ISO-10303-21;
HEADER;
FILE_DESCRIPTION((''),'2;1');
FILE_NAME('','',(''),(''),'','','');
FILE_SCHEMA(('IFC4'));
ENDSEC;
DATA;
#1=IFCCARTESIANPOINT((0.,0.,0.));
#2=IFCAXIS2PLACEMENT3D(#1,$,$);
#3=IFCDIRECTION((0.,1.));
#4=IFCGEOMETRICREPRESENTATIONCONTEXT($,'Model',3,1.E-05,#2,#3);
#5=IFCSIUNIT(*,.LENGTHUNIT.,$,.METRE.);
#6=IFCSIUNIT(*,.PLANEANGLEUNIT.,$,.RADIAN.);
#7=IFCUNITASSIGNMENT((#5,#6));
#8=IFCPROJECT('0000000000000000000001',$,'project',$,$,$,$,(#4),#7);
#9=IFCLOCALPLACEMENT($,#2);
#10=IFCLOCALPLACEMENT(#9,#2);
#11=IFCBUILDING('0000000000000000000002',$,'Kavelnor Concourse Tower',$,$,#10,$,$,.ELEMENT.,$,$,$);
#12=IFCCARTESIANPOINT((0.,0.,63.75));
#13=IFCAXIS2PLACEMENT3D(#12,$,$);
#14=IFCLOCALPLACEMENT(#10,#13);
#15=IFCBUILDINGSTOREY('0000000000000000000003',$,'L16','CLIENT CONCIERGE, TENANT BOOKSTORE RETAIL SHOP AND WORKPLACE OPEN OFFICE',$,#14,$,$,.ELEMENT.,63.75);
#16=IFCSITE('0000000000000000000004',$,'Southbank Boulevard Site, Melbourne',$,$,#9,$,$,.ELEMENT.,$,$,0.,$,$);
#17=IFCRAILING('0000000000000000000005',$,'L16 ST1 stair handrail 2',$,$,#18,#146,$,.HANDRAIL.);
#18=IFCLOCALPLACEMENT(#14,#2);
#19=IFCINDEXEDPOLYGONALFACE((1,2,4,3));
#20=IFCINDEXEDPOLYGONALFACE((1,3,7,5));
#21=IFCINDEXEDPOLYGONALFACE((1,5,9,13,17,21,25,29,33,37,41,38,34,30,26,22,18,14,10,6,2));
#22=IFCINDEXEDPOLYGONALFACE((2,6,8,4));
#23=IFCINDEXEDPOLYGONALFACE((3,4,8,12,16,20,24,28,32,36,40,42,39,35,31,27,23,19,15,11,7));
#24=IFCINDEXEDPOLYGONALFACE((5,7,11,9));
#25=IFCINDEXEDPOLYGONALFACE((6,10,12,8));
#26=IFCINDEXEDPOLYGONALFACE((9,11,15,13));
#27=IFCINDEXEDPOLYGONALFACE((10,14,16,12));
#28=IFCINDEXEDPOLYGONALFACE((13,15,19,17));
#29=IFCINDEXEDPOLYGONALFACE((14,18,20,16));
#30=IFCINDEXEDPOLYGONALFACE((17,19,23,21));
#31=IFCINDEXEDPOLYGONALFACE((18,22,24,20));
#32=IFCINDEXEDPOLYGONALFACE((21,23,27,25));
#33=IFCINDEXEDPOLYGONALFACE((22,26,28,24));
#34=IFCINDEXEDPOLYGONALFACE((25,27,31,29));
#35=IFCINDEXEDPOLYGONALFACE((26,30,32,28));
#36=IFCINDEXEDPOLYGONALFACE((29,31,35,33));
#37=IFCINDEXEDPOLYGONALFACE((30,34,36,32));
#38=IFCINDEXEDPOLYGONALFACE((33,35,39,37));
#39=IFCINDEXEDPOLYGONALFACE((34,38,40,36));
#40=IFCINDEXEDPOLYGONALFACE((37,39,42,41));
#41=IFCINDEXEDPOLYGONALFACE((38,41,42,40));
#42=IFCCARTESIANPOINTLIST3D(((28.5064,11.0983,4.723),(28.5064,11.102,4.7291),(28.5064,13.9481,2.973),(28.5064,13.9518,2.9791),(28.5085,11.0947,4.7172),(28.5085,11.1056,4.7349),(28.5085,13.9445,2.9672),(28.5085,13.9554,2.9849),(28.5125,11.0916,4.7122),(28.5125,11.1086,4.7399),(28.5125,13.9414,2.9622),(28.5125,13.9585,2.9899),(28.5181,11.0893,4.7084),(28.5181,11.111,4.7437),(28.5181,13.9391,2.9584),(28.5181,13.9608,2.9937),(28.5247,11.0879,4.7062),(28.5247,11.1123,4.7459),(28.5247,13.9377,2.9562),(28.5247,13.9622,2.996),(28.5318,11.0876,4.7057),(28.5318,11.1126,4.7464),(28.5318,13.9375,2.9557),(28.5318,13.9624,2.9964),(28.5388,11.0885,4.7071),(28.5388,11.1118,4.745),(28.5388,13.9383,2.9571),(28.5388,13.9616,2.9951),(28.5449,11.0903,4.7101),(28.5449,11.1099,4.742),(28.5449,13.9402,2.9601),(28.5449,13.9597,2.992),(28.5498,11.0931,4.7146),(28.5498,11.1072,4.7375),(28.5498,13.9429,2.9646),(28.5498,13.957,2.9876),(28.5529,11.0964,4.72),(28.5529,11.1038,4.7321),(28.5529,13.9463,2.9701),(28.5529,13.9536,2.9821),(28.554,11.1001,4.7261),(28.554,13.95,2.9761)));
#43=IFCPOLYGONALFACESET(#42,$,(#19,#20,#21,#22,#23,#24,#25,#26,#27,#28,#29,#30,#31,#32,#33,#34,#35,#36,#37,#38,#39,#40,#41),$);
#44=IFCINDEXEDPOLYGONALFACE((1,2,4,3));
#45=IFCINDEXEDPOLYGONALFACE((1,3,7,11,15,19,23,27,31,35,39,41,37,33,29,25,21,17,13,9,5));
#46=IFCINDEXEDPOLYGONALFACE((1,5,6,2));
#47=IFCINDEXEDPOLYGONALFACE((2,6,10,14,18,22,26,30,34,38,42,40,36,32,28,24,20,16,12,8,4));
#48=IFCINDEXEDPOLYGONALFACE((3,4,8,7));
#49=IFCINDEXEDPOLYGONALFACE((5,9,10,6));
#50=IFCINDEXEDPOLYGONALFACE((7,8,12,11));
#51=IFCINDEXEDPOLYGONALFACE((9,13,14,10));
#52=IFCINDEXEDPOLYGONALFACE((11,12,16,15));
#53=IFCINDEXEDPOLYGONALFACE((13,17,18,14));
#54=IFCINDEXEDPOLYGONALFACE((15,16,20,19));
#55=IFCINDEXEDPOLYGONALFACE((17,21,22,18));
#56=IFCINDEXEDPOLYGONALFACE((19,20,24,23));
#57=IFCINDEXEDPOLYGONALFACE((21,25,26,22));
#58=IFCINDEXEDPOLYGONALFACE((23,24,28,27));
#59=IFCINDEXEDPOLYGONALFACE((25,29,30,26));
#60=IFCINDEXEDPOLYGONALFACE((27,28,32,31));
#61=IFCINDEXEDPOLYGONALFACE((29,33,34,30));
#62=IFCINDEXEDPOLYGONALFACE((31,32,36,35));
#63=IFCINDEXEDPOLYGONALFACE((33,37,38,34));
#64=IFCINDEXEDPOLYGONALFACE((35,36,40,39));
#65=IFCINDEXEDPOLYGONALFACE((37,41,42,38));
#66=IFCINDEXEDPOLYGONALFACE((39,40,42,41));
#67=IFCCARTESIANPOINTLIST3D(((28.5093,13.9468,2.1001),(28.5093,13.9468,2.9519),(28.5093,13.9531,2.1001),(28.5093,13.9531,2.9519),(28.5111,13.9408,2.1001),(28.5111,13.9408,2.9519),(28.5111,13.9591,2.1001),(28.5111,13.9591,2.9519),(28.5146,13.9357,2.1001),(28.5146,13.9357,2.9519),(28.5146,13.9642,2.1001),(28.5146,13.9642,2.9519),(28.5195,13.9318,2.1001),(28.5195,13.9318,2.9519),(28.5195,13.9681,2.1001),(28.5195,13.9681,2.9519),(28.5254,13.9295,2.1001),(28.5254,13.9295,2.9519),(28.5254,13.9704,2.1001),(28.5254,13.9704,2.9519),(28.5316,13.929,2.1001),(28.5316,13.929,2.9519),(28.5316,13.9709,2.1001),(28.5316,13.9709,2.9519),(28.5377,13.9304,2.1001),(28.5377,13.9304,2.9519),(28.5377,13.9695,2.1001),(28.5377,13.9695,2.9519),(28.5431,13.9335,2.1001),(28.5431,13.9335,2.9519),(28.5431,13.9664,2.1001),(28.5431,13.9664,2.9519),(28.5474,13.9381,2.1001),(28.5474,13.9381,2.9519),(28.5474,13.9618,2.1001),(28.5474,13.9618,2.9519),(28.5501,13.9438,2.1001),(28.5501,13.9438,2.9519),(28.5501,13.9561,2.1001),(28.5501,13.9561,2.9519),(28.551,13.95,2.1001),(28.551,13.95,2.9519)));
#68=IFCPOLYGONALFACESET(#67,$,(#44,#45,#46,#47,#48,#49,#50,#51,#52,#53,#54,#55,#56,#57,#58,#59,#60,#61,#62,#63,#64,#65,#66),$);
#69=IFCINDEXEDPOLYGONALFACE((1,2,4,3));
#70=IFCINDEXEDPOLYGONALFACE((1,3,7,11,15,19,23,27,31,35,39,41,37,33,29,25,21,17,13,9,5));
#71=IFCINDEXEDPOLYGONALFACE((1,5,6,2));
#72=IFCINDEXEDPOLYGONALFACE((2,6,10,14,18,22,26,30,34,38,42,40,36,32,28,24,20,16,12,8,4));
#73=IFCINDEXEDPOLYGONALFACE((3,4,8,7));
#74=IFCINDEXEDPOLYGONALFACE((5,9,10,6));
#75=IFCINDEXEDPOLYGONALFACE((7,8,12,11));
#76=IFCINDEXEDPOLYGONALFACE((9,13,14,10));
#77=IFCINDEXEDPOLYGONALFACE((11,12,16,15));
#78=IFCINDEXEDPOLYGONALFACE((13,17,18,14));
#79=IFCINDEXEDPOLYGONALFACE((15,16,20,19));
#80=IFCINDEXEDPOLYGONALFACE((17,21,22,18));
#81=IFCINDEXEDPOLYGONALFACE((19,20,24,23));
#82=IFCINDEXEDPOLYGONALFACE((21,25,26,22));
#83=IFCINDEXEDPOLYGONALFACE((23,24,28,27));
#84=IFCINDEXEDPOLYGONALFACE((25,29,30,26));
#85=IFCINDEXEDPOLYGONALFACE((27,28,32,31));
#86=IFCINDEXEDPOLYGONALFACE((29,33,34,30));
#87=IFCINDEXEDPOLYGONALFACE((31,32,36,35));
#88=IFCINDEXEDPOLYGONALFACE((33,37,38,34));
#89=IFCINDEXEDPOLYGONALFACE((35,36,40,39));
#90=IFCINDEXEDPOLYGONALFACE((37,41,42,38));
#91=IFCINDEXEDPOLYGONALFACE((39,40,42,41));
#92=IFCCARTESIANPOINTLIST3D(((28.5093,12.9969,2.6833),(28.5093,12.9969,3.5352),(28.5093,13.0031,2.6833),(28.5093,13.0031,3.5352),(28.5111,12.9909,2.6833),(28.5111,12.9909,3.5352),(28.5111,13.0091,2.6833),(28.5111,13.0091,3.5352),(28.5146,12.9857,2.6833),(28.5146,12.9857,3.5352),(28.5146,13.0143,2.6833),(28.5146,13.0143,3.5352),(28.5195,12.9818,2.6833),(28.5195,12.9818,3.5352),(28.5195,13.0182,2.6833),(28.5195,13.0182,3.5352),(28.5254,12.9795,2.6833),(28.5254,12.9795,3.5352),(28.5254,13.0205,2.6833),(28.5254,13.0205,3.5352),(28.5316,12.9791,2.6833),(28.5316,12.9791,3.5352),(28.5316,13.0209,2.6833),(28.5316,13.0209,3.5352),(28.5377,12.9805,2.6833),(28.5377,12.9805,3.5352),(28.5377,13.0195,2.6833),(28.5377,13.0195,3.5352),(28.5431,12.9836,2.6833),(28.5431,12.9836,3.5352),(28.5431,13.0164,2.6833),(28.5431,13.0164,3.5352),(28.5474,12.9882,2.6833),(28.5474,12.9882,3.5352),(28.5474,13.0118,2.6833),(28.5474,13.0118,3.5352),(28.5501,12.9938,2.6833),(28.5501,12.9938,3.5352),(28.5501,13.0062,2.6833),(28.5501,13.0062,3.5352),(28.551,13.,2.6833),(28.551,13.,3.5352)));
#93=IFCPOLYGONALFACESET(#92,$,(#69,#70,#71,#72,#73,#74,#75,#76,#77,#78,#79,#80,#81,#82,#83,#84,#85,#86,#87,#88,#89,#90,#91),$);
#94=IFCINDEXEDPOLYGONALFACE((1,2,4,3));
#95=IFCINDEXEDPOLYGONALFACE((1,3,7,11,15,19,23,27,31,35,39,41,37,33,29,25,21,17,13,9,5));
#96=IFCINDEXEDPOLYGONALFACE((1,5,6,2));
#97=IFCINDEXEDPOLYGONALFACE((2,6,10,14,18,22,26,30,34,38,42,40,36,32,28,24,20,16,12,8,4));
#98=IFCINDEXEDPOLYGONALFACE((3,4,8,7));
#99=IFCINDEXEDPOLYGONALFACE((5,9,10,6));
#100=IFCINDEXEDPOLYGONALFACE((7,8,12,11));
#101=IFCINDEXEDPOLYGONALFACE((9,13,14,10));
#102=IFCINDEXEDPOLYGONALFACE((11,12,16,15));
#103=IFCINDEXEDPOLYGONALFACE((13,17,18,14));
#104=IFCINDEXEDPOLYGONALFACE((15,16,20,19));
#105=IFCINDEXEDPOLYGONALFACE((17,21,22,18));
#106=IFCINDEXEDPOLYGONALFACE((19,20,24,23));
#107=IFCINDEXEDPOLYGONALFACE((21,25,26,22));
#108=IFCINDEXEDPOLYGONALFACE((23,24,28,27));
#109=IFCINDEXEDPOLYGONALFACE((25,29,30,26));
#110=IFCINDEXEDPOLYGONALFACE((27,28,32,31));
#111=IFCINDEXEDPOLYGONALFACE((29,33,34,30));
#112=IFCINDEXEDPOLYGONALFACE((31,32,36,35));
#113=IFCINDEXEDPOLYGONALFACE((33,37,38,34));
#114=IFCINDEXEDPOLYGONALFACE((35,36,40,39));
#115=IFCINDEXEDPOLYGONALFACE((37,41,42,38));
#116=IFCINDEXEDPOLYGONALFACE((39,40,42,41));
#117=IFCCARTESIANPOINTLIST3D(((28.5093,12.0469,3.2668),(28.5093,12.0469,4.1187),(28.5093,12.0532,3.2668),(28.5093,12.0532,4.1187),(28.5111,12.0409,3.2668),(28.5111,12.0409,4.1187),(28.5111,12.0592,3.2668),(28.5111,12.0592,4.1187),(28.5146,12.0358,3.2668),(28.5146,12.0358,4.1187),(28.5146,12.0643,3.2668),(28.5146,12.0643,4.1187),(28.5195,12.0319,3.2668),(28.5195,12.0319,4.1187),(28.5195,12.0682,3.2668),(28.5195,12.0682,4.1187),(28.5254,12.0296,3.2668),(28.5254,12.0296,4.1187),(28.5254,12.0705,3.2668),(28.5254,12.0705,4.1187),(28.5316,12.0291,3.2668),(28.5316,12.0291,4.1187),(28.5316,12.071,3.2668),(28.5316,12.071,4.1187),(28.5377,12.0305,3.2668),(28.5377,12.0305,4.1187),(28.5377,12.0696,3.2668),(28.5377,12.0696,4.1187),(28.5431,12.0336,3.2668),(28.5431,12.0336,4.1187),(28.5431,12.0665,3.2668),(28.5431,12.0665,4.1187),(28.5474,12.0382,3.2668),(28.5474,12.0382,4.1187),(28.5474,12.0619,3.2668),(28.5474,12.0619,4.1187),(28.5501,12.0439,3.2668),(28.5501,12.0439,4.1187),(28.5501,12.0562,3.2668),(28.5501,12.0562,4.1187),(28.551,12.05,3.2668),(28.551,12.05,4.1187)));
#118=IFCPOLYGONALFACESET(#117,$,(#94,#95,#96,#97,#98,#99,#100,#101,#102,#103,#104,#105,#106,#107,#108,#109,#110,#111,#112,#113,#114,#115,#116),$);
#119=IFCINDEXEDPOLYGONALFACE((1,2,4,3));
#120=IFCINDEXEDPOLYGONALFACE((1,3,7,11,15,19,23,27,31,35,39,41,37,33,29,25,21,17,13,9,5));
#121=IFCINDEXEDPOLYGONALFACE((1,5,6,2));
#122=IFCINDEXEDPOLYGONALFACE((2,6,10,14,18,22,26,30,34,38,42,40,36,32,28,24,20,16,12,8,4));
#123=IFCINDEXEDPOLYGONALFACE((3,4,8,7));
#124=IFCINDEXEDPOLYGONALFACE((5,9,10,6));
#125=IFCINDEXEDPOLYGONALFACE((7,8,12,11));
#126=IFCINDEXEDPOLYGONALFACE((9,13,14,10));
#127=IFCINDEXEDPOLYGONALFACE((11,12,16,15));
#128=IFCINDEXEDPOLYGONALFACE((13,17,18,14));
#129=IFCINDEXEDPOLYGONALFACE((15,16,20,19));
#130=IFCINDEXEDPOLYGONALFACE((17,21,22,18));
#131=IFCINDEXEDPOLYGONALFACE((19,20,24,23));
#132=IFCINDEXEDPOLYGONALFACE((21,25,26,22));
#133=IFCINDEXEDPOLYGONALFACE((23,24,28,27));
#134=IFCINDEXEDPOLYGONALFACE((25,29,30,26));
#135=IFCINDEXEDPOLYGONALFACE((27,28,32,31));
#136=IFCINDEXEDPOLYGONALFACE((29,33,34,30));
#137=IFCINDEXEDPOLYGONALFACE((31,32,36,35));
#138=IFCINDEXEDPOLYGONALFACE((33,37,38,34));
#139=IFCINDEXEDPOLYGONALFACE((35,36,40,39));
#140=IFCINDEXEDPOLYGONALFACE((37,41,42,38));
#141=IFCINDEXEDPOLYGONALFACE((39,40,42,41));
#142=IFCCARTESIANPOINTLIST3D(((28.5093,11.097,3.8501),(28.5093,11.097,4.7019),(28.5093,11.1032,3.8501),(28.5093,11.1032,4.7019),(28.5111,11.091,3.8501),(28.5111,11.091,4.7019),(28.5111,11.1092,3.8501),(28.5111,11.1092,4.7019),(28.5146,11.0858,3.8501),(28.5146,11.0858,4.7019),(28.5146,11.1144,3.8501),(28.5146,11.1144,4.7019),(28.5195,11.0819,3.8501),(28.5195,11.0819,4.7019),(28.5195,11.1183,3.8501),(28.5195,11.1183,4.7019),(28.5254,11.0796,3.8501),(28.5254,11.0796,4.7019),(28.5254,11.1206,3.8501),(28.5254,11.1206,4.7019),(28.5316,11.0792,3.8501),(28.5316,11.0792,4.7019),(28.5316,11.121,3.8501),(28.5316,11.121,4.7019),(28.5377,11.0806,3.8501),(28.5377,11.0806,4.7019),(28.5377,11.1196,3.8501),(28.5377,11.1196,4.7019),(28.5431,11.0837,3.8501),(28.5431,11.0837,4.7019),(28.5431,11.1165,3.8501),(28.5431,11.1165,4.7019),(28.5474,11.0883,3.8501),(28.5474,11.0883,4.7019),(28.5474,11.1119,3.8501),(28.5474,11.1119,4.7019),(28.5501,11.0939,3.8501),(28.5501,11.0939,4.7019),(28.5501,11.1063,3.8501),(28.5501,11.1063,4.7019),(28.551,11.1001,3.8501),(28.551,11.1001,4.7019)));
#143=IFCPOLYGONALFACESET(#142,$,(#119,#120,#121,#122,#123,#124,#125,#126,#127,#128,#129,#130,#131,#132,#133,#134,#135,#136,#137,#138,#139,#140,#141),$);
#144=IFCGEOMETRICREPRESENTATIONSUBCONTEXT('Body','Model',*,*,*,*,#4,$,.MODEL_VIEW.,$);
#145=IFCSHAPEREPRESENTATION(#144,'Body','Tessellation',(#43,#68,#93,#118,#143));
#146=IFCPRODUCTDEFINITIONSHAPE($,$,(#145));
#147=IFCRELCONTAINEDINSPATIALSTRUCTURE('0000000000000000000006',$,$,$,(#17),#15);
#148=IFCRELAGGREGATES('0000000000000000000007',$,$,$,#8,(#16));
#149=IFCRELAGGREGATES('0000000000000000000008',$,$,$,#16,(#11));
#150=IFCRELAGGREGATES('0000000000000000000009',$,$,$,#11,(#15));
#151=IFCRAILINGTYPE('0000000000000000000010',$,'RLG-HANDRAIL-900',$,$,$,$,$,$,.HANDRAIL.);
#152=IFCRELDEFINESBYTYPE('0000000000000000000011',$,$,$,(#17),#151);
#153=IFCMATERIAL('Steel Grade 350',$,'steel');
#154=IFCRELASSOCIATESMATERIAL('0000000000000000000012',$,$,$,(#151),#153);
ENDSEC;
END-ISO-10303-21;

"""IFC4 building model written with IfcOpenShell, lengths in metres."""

from ifc_helpers import new_model, si_unit, direction, frame, origin, origin_2d, place, context, subcontext, project, spatial, circle, extrude, material, type_object, element, save


model = new_model("IFC4")

# Units and contexts
model_context = context("Model", 3, precision=1e-05, world=origin(), true_north=direction((0.0, 1.0)))
body_context = subcontext(model_context, "Body", "Model", "MODEL_VIEW")
ifc_project = project(units=[si_unit("LENGTHUNIT", "METRE"), si_unit("PLANEANGLEUNIT", "RADIAN")], contexts=[model_context])

# Site, building, storey
site_placement = place(None, origin())
site = spatial("IfcSite", under=ifc_project, at=site_placement, Name="Southbank Boulevard Site, Melbourne", CompositionType="ELEMENT", RefElevation=0.0)
building_placement = place(site_placement, origin())
building = spatial("IfcBuilding", under=site, at=building_placement, Name="Kavelnor Concourse Tower", CompositionType="ELEMENT")
storey_placement = place(building_placement, frame((0.0, 0.0, 63.75)))
storey = spatial("IfcBuildingStorey", under=building, at=storey_placement, Name="L16", Description="CLIENT CONCIERGE, TENANT BOOKSTORE RETAIL SHOP AND WORKPLACE OPEN OFFICE", CompositionType="ELEMENT", Elevation=63.75)

# Shared definitions
ifc_material_1 = material(Name="Steel Grade 350", Category="steel")

# Railing
railing_type_1 = type_object("IfcRailingType", Name="RLG-HANDRAIL-900", PredefinedType="HANDRAIL", material=ifc_material_1)
railing_1_placement = place(storey_placement, frame((28.53, 13.95, 2.1001)))
element("IfcRailing", 1, at=railing_1_placement, inside=storey, type_object=railing_type_1, Name="L16 ST1 stair handrail 2", PredefinedType="HANDRAIL", context=body_context, shape_type="SweptSolid", body=[
    extrude(circle(Radius=0.0239, at=origin_2d()), frame((0.0, 0.0, 0.876), z_axis=(0.0, -0.852159, 0.523283), x_axis=(1.0, 0.0, 0.0)), (0.0, 0.0, 1.0), 3.3442),
    extrude(circle(Radius=0.021, at=origin_2d()), origin(), (0.0, 0.0, 1.0), 0.8518),
    extrude(circle(Radius=0.021, at=origin_2d()), frame((0.0, -0.95, 0.5833)), (0.0, 0.0, 1.0), 0.8518),
    extrude(circle(Radius=0.021, at=origin_2d()), frame((0.0, -1.8999, 1.1667)), (0.0, 0.0, 1.0), 0.8518),
    extrude(circle(Radius=0.021, at=origin_2d()), frame((0.0, -2.8499, 1.75)), (0.0, 0.0, 1.0), 0.8518),
])

save(model, "model.ifc")
